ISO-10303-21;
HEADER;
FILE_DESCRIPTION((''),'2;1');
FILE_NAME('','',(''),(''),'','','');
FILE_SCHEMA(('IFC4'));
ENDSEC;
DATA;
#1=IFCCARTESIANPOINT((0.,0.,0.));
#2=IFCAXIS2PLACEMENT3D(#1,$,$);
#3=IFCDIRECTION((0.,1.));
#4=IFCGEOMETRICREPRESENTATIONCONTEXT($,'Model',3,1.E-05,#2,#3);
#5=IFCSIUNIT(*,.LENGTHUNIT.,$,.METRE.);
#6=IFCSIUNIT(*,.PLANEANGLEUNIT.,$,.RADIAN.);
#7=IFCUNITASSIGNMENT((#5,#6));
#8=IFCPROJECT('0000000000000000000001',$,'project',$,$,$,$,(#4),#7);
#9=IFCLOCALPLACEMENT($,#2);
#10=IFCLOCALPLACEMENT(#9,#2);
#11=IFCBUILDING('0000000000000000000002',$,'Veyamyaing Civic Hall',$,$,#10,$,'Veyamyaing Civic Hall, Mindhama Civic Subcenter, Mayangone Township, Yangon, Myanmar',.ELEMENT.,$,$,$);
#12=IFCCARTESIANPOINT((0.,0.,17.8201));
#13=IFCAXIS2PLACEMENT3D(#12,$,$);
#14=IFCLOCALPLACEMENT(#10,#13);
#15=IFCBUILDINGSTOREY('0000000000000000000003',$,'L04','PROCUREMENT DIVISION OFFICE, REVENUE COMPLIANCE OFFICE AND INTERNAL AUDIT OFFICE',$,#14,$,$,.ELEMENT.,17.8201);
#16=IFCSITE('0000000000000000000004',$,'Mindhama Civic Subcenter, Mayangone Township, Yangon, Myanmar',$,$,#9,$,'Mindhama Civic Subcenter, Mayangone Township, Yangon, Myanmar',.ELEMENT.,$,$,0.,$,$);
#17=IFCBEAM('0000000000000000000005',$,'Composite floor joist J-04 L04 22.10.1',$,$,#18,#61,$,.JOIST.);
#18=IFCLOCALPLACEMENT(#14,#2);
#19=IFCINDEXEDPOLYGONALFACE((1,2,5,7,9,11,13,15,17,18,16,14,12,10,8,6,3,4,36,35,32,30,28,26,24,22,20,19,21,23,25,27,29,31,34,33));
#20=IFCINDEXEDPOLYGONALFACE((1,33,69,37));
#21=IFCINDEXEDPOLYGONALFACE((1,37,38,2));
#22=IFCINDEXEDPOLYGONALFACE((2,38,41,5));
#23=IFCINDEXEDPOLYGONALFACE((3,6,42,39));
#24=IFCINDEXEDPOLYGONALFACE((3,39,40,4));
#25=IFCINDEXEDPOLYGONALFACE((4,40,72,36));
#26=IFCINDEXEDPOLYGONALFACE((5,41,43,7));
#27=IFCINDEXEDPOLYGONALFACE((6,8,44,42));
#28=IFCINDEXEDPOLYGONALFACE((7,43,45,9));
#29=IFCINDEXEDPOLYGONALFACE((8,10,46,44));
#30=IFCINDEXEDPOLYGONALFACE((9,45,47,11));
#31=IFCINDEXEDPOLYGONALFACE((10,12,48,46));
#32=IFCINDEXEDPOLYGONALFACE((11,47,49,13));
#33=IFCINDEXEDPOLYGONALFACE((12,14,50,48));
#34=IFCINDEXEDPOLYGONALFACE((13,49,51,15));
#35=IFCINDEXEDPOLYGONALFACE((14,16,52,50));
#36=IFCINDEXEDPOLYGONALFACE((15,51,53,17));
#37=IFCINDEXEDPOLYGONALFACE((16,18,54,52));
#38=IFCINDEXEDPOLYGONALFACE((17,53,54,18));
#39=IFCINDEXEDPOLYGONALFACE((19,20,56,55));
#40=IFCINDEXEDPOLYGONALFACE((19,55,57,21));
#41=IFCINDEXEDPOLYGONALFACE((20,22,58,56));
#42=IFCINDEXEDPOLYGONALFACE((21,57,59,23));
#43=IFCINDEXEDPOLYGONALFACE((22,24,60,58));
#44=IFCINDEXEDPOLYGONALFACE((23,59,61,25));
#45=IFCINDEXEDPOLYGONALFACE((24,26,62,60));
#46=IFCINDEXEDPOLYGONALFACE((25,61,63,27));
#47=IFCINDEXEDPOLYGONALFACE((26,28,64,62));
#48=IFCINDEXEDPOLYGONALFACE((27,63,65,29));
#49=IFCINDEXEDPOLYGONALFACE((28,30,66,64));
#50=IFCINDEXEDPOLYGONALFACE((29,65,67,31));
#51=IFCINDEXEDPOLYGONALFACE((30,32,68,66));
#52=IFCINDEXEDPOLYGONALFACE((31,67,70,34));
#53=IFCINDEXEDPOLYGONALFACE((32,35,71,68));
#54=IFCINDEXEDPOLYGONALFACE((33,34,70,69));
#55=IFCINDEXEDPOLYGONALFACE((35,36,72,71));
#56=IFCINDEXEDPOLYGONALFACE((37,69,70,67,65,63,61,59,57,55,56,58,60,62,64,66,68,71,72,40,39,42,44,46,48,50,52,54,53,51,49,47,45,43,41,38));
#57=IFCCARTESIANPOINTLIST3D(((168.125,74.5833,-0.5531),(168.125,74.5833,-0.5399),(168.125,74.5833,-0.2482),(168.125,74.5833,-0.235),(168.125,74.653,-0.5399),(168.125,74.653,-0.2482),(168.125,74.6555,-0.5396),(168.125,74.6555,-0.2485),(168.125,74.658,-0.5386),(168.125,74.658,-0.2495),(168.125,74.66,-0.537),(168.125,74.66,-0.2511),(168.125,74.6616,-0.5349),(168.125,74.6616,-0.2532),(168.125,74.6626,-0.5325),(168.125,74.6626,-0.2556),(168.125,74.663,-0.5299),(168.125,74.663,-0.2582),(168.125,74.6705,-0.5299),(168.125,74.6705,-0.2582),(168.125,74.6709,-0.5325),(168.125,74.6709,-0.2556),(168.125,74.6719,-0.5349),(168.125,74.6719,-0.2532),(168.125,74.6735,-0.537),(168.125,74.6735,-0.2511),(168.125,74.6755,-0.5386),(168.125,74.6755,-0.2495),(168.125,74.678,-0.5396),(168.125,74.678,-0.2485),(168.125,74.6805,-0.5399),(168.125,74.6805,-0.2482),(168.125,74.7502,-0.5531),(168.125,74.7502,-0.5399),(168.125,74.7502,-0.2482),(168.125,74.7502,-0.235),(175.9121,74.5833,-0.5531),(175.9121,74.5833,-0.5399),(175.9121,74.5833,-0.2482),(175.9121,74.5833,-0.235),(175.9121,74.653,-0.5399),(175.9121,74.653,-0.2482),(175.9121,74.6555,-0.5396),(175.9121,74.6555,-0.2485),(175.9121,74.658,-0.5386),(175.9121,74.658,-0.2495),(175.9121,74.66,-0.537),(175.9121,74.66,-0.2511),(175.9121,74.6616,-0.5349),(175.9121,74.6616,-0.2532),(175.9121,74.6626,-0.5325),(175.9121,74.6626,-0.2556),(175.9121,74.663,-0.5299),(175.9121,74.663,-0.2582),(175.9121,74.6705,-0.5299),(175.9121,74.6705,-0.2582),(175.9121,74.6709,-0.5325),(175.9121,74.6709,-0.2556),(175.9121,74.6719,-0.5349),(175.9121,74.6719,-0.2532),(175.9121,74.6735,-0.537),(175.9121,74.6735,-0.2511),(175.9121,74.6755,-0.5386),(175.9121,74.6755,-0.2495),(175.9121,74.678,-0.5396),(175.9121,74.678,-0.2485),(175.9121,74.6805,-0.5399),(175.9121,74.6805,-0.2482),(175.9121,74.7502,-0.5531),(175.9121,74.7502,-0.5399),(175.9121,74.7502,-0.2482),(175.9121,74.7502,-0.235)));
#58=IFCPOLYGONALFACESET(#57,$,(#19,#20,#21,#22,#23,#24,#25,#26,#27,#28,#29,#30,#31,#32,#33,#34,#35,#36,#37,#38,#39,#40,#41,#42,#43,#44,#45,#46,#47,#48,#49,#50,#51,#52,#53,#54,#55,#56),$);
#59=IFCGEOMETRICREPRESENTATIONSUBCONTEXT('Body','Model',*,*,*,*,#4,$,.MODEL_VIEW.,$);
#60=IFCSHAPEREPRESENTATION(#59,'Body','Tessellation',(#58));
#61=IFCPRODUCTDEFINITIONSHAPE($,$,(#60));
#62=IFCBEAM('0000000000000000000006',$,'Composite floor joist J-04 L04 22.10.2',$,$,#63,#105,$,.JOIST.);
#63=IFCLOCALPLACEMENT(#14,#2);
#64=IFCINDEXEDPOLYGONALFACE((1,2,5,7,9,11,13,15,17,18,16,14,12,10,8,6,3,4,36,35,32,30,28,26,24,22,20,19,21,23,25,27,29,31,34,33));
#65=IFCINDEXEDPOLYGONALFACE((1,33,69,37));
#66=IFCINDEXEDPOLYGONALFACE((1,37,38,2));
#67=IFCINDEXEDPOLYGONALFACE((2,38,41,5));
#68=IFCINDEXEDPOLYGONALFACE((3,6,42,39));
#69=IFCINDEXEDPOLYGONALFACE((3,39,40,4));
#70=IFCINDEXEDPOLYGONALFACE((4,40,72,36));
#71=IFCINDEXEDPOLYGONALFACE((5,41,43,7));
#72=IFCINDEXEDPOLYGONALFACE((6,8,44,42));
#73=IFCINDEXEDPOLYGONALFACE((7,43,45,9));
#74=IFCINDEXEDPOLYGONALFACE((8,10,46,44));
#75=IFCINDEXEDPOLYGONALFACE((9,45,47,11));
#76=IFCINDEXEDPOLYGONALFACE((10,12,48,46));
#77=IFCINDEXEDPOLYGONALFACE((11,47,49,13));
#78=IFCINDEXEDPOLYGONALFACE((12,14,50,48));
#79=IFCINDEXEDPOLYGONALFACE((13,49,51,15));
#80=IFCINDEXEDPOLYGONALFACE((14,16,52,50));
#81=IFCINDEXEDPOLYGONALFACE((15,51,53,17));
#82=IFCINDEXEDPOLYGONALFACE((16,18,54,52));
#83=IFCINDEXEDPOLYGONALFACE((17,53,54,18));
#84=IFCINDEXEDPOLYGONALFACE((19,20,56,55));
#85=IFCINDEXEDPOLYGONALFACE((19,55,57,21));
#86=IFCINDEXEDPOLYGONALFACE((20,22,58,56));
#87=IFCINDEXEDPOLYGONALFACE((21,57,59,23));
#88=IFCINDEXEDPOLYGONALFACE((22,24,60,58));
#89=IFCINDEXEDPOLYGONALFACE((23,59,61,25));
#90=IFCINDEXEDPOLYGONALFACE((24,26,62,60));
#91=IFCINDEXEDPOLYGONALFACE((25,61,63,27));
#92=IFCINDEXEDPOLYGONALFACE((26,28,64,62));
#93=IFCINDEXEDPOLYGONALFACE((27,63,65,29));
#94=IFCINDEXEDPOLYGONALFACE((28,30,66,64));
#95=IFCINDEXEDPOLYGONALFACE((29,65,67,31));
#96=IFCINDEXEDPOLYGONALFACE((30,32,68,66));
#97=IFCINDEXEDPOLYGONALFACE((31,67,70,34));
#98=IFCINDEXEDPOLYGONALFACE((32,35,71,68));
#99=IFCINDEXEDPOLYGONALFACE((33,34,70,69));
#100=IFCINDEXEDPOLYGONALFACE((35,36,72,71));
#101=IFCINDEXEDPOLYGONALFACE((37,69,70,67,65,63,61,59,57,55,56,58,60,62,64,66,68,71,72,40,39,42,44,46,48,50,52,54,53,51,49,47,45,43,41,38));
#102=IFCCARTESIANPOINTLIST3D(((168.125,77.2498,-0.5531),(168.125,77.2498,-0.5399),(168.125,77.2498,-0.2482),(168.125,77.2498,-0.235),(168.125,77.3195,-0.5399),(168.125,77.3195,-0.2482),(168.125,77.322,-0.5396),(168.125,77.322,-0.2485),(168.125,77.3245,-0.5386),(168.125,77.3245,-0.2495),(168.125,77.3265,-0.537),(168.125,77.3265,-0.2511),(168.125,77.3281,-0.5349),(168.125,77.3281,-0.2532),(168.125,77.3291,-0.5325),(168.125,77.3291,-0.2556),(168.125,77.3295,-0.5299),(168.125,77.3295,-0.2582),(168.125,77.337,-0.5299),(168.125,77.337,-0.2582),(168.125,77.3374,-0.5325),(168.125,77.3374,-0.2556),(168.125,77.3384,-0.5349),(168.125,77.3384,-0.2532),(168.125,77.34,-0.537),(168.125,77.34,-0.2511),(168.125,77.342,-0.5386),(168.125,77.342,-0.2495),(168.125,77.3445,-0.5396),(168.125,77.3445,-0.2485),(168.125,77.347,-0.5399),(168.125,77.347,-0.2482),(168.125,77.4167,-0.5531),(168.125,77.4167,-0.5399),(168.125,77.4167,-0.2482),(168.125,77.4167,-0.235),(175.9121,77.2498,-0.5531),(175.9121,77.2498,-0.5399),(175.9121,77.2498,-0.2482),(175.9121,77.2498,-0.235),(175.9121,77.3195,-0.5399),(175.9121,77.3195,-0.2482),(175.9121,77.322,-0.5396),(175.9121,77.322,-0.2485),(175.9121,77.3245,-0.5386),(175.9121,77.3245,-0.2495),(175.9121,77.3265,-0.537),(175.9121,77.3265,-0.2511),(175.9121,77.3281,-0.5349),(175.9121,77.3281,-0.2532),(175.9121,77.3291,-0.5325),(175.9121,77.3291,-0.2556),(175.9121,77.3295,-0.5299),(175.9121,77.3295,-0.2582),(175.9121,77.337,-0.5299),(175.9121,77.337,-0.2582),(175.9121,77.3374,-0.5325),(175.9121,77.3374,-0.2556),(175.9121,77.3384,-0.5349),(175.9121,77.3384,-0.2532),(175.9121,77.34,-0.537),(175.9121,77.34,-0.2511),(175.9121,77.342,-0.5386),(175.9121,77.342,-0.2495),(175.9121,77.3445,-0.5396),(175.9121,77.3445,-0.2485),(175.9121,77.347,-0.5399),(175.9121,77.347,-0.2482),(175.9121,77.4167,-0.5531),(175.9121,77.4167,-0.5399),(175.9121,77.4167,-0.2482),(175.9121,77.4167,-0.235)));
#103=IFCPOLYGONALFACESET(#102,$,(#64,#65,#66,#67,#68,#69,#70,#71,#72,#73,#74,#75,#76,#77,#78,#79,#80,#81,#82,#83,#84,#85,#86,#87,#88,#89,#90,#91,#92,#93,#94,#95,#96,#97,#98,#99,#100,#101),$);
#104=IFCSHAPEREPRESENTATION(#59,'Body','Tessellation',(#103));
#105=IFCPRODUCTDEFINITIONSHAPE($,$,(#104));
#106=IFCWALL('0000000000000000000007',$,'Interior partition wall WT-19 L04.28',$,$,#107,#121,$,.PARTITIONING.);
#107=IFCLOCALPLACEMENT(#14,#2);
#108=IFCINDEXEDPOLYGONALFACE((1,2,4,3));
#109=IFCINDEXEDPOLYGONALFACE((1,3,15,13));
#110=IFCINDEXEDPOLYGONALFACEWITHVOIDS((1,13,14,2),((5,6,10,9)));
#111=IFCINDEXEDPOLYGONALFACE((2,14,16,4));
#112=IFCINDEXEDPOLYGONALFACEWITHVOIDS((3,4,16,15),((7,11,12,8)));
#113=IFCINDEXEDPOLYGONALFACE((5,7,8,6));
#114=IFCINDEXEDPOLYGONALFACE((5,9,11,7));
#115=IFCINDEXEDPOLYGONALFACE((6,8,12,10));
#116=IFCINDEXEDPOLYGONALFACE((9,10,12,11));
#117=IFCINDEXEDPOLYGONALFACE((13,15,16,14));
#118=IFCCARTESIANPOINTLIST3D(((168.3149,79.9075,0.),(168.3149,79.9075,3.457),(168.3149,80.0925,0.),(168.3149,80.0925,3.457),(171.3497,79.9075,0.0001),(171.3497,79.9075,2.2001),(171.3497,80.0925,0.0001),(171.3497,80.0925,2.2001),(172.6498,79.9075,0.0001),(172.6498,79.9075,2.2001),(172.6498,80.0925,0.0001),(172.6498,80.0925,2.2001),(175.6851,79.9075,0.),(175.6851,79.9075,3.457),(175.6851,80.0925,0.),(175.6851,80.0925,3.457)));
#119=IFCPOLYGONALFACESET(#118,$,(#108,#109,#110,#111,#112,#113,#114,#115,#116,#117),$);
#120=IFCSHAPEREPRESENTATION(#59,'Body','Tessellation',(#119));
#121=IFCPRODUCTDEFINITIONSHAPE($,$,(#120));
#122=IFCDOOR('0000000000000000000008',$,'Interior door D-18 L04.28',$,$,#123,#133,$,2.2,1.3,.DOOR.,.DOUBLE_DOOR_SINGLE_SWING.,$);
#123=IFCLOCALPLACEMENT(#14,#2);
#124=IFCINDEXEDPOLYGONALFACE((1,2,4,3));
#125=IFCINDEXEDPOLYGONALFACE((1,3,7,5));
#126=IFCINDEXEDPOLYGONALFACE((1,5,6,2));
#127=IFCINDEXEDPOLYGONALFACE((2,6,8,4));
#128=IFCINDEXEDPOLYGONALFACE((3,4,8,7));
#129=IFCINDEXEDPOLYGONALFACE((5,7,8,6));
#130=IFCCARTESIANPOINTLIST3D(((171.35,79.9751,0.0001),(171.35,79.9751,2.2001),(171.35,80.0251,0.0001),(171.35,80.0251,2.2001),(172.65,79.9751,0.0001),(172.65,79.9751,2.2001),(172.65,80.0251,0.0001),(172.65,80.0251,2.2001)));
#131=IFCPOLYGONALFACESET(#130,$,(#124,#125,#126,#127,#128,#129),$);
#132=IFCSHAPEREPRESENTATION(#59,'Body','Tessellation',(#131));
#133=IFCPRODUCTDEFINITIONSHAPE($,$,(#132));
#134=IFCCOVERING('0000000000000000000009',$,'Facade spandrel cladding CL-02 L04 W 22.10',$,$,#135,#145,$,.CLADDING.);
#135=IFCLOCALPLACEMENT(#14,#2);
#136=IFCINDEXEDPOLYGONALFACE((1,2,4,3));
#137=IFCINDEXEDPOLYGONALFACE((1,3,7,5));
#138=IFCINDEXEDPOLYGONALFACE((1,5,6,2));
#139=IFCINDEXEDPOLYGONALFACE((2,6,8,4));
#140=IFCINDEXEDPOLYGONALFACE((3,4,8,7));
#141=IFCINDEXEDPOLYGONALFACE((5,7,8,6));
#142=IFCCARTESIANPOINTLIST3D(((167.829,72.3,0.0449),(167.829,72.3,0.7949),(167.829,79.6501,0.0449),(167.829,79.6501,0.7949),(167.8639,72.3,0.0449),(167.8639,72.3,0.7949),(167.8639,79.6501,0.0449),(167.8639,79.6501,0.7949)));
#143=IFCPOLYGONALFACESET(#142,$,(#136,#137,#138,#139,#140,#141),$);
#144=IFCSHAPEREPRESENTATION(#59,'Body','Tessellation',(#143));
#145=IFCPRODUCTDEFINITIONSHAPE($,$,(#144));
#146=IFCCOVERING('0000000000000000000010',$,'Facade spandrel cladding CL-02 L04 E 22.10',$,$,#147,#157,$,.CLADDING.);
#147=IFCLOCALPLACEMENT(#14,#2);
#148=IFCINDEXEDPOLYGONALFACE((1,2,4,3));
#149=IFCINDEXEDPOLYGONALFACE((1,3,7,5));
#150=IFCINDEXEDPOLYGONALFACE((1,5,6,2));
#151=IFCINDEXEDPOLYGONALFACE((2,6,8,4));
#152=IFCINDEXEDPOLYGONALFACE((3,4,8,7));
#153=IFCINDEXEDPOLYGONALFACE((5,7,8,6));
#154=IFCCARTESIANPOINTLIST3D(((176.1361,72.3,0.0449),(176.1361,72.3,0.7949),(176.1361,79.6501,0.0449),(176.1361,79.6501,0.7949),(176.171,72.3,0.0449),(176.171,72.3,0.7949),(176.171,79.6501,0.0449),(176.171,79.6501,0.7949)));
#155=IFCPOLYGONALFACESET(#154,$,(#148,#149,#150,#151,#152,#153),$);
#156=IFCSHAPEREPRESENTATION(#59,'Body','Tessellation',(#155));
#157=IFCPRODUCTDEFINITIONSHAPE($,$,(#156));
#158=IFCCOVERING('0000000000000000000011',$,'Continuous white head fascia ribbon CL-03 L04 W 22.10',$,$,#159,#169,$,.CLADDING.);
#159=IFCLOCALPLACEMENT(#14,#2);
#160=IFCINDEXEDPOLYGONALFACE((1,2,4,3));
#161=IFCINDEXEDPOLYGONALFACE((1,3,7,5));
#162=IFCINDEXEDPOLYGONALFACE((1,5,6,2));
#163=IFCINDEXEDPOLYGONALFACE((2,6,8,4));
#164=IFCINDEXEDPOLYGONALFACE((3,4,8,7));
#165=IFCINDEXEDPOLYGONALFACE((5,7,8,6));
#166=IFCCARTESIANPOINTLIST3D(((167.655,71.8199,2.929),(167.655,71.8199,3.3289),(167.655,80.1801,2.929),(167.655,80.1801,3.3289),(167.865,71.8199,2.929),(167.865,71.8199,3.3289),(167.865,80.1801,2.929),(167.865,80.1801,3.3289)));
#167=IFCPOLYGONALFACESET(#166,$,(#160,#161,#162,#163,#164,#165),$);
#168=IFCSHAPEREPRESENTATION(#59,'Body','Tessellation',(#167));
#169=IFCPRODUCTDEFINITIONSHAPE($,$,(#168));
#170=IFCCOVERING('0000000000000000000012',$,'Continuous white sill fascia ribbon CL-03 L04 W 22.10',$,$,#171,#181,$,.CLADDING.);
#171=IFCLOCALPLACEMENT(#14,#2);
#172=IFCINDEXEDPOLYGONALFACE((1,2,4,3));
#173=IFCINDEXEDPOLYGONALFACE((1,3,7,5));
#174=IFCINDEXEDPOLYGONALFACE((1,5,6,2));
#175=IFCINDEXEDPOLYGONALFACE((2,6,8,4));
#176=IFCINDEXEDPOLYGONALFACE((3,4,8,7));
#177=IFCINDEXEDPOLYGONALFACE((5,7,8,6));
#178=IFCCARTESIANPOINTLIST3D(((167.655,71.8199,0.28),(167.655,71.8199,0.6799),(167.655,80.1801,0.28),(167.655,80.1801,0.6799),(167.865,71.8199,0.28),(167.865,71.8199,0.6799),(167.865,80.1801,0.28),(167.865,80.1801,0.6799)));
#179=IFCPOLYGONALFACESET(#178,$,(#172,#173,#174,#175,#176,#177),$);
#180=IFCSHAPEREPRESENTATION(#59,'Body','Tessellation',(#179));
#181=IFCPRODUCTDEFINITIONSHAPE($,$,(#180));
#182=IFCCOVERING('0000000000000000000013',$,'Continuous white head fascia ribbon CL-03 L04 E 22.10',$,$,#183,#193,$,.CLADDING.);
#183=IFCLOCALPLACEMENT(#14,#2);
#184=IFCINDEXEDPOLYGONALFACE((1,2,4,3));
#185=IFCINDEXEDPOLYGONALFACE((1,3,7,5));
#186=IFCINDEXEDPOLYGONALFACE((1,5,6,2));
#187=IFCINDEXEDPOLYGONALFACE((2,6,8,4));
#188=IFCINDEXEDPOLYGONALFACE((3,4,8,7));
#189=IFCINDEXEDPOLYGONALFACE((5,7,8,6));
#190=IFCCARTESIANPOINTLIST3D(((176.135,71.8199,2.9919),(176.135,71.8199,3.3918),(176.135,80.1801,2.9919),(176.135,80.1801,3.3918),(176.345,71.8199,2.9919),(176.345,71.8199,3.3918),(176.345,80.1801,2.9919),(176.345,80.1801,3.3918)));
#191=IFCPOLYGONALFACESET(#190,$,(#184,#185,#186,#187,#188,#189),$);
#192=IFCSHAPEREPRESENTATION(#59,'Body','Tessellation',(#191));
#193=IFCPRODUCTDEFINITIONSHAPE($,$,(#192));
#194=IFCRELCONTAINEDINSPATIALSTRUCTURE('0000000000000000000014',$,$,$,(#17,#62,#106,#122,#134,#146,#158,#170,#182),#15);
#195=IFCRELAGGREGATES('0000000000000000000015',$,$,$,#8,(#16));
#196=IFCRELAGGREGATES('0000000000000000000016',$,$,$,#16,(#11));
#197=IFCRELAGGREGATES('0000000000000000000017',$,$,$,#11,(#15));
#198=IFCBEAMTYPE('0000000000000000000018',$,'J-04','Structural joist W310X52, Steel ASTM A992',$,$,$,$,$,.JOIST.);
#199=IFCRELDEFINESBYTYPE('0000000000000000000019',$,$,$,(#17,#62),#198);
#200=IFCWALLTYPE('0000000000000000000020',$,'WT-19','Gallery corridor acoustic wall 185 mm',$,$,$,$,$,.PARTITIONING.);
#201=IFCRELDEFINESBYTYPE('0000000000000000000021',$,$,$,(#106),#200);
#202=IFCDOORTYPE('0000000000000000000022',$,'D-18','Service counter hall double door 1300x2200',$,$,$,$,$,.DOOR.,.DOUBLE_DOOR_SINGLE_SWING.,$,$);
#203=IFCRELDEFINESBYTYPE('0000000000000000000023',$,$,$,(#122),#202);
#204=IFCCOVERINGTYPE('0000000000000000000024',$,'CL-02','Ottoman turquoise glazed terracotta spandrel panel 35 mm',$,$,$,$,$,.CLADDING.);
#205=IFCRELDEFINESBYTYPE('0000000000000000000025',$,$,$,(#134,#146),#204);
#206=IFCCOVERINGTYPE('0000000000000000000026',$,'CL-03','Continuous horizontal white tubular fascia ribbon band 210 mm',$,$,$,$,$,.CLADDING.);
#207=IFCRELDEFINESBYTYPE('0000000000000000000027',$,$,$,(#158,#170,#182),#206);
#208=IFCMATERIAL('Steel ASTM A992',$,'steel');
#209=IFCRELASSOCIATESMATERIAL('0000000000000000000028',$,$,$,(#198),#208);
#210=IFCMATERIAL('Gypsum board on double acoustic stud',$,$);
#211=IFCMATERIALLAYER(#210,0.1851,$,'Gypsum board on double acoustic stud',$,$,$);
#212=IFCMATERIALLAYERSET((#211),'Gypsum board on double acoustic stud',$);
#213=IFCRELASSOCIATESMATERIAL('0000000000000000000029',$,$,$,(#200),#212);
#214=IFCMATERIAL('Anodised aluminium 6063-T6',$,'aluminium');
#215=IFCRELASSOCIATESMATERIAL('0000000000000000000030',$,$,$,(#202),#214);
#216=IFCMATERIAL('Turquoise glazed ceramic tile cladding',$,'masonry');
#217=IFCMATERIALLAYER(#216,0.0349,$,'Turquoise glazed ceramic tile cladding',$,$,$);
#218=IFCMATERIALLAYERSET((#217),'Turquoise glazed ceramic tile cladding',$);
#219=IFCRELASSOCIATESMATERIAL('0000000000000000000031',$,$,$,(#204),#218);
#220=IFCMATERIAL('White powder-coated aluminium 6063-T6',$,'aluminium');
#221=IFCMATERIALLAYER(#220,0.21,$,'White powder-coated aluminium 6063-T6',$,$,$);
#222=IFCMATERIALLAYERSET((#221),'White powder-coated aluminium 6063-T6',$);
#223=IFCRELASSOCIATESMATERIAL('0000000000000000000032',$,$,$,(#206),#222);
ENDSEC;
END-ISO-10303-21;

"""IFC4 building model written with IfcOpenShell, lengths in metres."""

from ifc_helpers import new_model, si_unit, direction, frame, frame_2d, origin, origin_2d, place, context, subcontext, project, spatial, rectangle, i_section, extrude, material, layer, layer_set, material_profile, profile_set, type_object, element, fill, save


model = new_model("IFC4")

# Units and contexts
model_context = context("Model", 3, precision=1e-05, world=origin(), true_north=direction((0.0, 1.0)))
body_context = subcontext(model_context, "Body", "Model", "MODEL_VIEW")
ifc_project = project(units=[si_unit("LENGTHUNIT", "METRE"), si_unit("PLANEANGLEUNIT", "RADIAN")], contexts=[model_context])

# Site, building, storey
site_placement = place(None, origin())
site = spatial("IfcSite", under=ifc_project, at=site_placement, Name="Mindhama Civic Subcenter, Mayangone Township, Yangon, Myanmar", LongName="Mindhama Civic Subcenter, Mayangone Township, Yangon, Myanmar", CompositionType="ELEMENT", RefElevation=0.0)
building_placement = place(site_placement, origin())
building = spatial("IfcBuilding", under=site, at=building_placement, Name="Veyamyaing Civic Hall", LongName="Veyamyaing Civic Hall, Mindhama Civic Subcenter, Mayangone Township, Yangon, Myanmar", CompositionType="ELEMENT")
storey_placement = place(building_placement, frame((0.0, 0.0, 17.8201)))
storey = spatial("IfcBuildingStorey", under=building, at=storey_placement, Name="L04", Description="PROCUREMENT DIVISION OFFICE, REVENUE COMPLIANCE OFFICE AND INTERNAL AUDIT OFFICE", CompositionType="ELEMENT", Elevation=17.8201)

# Shared definitions
ifc_material_1 = material(Name="Steel ASTM A992", Category="steel")

# Shared definitions
ifc_material_2 = material(Name="Anodised aluminium 6063-T6", Category="aluminium")

# Beams
ifc_material_profile_1 = material_profile(ifc_material_1, i_section(OverallWidth=0.167, OverallDepth=0.3181, WebThickness=0.0076, FlangeThickness=0.0132, FilletRadius=0.01, at=origin_2d()), Name="W310X52")
ifc_profile_set_1 = profile_set([ifc_material_profile_1], Name="Steel ASTM A992")
beam_type_1 = type_object("IfcBeamType", Name="J-04", Description="Structural joist W310X52, Steel ASTM A992", PredefinedType="JOIST", material=ifc_profile_set_1)
for number, where, z_axis, x_axis, name in (
    (1, (168.125, 74.6667, -0.394), (1.0, 0.0, 0.0), (0.0, 1.0, 0.0), "Composite floor joist J-04 L04 22.10.1"),
    (2, (168.125, 77.3333, -0.394), (1.0, 0.0, 0.0), (0.0, 1.0, 0.0), "Composite floor joist J-04 L04 22.10.2"),
):
    element("IfcBeam", number, at=place(storey_placement, frame(where, z_axis=z_axis, x_axis=x_axis)), inside=storey, type_object=beam_type_1, Name=name, PredefinedType="JOIST", context=body_context, shape_type="SweptSolid", body=[
        extrude(i_section(OverallWidth=0.167, OverallDepth=0.3181, WebThickness=0.0076, FlangeThickness=0.0132, FilletRadius=0.01, at=origin_2d()), origin(), (0.0, 0.0, 1.0), 7.7871),
    ])

# Wall, opening, door
ifc_material_3 = material(Name="Gypsum board on double acoustic stud")
ifc_layer_1 = layer(ifc_material_3, 0.1851, Name="Gypsum board on double acoustic stud")
ifc_layer_set_1 = layer_set([ifc_layer_1], Name="Gypsum board on double acoustic stud")
wall_type = type_object("IfcWallType", Name="WT-19", Description="Gallery corridor acoustic wall 185 mm", PredefinedType="PARTITIONING", material=ifc_layer_set_1)
wall_placement = place(storey_placement, frame((168.3149, 80.0, 0.0), z_axis=(0.0, 0.0, 1.0), x_axis=(1.0, 0.0, 0.0)))
wall = element("IfcWall", 3, at=wall_placement, inside=storey, type_object=wall_type, Name="Interior partition wall WT-19 L04.28", PredefinedType="PARTITIONING", context=body_context, shape_type="SweptSolid", body=[
    extrude(rectangle(XDim=7.3701, YDim=0.1851, at=frame_2d((3.6851, 0.0))), origin(), (0.0, 0.0, 1.0), 3.457),
])
opening_placement = place(wall_placement, frame((3.0349, 0.0, 0.0)))
opening = element("IfcOpeningElement", 4, at=opening_placement, cuts=wall, PredefinedType="OPENING", context=body_context, shape_type="SweptSolid", body=[
    extrude(rectangle(XDim=1.3, YDim=2.2, at=frame_2d((0.6499, 1.1001))), frame((0.0, 0.1025, 0.0), z_axis=(0.0, -1.0, 0.0), x_axis=(1.0, 0.0, 0.0)), (0.0, 0.0, 1.0), 0.2051),
])
door_type = type_object("IfcDoorType", Name="D-18", Description="Service counter hall double door 1300x2200", OperationType="DOUBLE_DOOR_SINGLE_SWING", PredefinedType="DOOR", material=ifc_material_2)
door_placement = place(opening_placement, frame((1.3, 0.0, 0.0), z_axis=(0.0, 0.0, 1.0), x_axis=(-1.0, 0.0, 0.0)))
door = element("IfcDoor", 5, at=door_placement, inside=storey, type_object=door_type, Name="Interior door D-18 L04.28", OperationType="DOUBLE_DOOR_SINGLE_SWING", OverallHeight=2.2, OverallWidth=1.3, PredefinedType="DOOR", context=body_context, shape_type="SweptSolid", body=[
    extrude(rectangle(XDim=1.3, YDim=2.2, at=frame_2d((0.6499, 1.1001))), frame((0.0, 0.0249, 0.0), z_axis=(0.0, -1.0, 0.0), x_axis=(1.0, 0.0, 0.0)), (0.0, 0.0, 1.0), 0.05),
])
fill(opening, door)

# Coverings
ifc_material_4 = material(Name="Turquoise glazed ceramic tile cladding", Category="masonry")
ifc_layer_2 = layer(ifc_material_4, 0.0349, Name="Turquoise glazed ceramic tile cladding")
ifc_layer_set_2 = layer_set([ifc_layer_2], Name="Turquoise glazed ceramic tile cladding")
covering_type_1 = type_object("IfcCoveringType", Name="CL-02", Description="Ottoman turquoise glazed terracotta spandrel panel 35 mm", PredefinedType="CLADDING", material=ifc_layer_set_2)
for number, where, z_axis, x_axis, name in (
    (6, (167.8464, 75.9751, 0.0449), (0.0, 0.0, 1.0), (0.0, 1.0, 0.0), "Facade spandrel cladding CL-02 L04 W 22.10"),
    (7, (176.1536, 75.9751, 0.0449), (0.0, 0.0, 1.0), (0.0, 1.0, 0.0), "Facade spandrel cladding CL-02 L04 E 22.10"),
):
    element("IfcCovering", number, at=place(storey_placement, frame(where, z_axis=z_axis, x_axis=x_axis)), inside=storey, type_object=covering_type_1, Name=name, PredefinedType="CLADDING", context=body_context, shape_type="SweptSolid", body=[
        extrude(rectangle(XDim=7.3501, YDim=0.0349, at=origin_2d()), origin(), (0.0, 0.0, 1.0), 0.75),
    ])
ifc_material_5 = material(Name="White powder-coated aluminium 6063-T6", Category="aluminium")
ifc_layer_3 = layer(ifc_material_5, 0.21, Name="White powder-coated aluminium 6063-T6")
ifc_layer_set_3 = layer_set([ifc_layer_3], Name="White powder-coated aluminium 6063-T6")
covering_type_2 = type_object("IfcCoveringType", Name="CL-03", Description="Continuous horizontal white tubular fascia ribbon band 210 mm", PredefinedType="CLADDING", material=ifc_layer_set_3)
for number, where, z_axis, x_axis, name in (
    (8, (167.76, 76.0, 2.929), (0.0, 0.0, 1.0), (0.0, 1.0, 0.0), "Continuous white head fascia ribbon CL-03 L04 W 22.10"),
    (9, (167.76, 76.0, 0.28), (0.0, 0.0, 1.0), (0.0, 1.0, 0.0), "Continuous white sill fascia ribbon CL-03 L04 W 22.10"),
    (10, (176.24, 76.0, 2.9919), (0.0, 0.0, 1.0), (0.0, 1.0, 0.0), "Continuous white head fascia ribbon CL-03 L04 E 22.10"),
):
    element("IfcCovering", number, at=place(storey_placement, frame(where, z_axis=z_axis, x_axis=x_axis)), inside=storey, type_object=covering_type_2, Name=name, PredefinedType="CLADDING", context=body_context, shape_type="SweptSolid", body=[
        extrude(rectangle(XDim=8.3601, YDim=0.21, at=origin_2d()), origin(), (0.0, 0.0, 1.0), 0.3999),
    ])

save(model, "model.ifc")
